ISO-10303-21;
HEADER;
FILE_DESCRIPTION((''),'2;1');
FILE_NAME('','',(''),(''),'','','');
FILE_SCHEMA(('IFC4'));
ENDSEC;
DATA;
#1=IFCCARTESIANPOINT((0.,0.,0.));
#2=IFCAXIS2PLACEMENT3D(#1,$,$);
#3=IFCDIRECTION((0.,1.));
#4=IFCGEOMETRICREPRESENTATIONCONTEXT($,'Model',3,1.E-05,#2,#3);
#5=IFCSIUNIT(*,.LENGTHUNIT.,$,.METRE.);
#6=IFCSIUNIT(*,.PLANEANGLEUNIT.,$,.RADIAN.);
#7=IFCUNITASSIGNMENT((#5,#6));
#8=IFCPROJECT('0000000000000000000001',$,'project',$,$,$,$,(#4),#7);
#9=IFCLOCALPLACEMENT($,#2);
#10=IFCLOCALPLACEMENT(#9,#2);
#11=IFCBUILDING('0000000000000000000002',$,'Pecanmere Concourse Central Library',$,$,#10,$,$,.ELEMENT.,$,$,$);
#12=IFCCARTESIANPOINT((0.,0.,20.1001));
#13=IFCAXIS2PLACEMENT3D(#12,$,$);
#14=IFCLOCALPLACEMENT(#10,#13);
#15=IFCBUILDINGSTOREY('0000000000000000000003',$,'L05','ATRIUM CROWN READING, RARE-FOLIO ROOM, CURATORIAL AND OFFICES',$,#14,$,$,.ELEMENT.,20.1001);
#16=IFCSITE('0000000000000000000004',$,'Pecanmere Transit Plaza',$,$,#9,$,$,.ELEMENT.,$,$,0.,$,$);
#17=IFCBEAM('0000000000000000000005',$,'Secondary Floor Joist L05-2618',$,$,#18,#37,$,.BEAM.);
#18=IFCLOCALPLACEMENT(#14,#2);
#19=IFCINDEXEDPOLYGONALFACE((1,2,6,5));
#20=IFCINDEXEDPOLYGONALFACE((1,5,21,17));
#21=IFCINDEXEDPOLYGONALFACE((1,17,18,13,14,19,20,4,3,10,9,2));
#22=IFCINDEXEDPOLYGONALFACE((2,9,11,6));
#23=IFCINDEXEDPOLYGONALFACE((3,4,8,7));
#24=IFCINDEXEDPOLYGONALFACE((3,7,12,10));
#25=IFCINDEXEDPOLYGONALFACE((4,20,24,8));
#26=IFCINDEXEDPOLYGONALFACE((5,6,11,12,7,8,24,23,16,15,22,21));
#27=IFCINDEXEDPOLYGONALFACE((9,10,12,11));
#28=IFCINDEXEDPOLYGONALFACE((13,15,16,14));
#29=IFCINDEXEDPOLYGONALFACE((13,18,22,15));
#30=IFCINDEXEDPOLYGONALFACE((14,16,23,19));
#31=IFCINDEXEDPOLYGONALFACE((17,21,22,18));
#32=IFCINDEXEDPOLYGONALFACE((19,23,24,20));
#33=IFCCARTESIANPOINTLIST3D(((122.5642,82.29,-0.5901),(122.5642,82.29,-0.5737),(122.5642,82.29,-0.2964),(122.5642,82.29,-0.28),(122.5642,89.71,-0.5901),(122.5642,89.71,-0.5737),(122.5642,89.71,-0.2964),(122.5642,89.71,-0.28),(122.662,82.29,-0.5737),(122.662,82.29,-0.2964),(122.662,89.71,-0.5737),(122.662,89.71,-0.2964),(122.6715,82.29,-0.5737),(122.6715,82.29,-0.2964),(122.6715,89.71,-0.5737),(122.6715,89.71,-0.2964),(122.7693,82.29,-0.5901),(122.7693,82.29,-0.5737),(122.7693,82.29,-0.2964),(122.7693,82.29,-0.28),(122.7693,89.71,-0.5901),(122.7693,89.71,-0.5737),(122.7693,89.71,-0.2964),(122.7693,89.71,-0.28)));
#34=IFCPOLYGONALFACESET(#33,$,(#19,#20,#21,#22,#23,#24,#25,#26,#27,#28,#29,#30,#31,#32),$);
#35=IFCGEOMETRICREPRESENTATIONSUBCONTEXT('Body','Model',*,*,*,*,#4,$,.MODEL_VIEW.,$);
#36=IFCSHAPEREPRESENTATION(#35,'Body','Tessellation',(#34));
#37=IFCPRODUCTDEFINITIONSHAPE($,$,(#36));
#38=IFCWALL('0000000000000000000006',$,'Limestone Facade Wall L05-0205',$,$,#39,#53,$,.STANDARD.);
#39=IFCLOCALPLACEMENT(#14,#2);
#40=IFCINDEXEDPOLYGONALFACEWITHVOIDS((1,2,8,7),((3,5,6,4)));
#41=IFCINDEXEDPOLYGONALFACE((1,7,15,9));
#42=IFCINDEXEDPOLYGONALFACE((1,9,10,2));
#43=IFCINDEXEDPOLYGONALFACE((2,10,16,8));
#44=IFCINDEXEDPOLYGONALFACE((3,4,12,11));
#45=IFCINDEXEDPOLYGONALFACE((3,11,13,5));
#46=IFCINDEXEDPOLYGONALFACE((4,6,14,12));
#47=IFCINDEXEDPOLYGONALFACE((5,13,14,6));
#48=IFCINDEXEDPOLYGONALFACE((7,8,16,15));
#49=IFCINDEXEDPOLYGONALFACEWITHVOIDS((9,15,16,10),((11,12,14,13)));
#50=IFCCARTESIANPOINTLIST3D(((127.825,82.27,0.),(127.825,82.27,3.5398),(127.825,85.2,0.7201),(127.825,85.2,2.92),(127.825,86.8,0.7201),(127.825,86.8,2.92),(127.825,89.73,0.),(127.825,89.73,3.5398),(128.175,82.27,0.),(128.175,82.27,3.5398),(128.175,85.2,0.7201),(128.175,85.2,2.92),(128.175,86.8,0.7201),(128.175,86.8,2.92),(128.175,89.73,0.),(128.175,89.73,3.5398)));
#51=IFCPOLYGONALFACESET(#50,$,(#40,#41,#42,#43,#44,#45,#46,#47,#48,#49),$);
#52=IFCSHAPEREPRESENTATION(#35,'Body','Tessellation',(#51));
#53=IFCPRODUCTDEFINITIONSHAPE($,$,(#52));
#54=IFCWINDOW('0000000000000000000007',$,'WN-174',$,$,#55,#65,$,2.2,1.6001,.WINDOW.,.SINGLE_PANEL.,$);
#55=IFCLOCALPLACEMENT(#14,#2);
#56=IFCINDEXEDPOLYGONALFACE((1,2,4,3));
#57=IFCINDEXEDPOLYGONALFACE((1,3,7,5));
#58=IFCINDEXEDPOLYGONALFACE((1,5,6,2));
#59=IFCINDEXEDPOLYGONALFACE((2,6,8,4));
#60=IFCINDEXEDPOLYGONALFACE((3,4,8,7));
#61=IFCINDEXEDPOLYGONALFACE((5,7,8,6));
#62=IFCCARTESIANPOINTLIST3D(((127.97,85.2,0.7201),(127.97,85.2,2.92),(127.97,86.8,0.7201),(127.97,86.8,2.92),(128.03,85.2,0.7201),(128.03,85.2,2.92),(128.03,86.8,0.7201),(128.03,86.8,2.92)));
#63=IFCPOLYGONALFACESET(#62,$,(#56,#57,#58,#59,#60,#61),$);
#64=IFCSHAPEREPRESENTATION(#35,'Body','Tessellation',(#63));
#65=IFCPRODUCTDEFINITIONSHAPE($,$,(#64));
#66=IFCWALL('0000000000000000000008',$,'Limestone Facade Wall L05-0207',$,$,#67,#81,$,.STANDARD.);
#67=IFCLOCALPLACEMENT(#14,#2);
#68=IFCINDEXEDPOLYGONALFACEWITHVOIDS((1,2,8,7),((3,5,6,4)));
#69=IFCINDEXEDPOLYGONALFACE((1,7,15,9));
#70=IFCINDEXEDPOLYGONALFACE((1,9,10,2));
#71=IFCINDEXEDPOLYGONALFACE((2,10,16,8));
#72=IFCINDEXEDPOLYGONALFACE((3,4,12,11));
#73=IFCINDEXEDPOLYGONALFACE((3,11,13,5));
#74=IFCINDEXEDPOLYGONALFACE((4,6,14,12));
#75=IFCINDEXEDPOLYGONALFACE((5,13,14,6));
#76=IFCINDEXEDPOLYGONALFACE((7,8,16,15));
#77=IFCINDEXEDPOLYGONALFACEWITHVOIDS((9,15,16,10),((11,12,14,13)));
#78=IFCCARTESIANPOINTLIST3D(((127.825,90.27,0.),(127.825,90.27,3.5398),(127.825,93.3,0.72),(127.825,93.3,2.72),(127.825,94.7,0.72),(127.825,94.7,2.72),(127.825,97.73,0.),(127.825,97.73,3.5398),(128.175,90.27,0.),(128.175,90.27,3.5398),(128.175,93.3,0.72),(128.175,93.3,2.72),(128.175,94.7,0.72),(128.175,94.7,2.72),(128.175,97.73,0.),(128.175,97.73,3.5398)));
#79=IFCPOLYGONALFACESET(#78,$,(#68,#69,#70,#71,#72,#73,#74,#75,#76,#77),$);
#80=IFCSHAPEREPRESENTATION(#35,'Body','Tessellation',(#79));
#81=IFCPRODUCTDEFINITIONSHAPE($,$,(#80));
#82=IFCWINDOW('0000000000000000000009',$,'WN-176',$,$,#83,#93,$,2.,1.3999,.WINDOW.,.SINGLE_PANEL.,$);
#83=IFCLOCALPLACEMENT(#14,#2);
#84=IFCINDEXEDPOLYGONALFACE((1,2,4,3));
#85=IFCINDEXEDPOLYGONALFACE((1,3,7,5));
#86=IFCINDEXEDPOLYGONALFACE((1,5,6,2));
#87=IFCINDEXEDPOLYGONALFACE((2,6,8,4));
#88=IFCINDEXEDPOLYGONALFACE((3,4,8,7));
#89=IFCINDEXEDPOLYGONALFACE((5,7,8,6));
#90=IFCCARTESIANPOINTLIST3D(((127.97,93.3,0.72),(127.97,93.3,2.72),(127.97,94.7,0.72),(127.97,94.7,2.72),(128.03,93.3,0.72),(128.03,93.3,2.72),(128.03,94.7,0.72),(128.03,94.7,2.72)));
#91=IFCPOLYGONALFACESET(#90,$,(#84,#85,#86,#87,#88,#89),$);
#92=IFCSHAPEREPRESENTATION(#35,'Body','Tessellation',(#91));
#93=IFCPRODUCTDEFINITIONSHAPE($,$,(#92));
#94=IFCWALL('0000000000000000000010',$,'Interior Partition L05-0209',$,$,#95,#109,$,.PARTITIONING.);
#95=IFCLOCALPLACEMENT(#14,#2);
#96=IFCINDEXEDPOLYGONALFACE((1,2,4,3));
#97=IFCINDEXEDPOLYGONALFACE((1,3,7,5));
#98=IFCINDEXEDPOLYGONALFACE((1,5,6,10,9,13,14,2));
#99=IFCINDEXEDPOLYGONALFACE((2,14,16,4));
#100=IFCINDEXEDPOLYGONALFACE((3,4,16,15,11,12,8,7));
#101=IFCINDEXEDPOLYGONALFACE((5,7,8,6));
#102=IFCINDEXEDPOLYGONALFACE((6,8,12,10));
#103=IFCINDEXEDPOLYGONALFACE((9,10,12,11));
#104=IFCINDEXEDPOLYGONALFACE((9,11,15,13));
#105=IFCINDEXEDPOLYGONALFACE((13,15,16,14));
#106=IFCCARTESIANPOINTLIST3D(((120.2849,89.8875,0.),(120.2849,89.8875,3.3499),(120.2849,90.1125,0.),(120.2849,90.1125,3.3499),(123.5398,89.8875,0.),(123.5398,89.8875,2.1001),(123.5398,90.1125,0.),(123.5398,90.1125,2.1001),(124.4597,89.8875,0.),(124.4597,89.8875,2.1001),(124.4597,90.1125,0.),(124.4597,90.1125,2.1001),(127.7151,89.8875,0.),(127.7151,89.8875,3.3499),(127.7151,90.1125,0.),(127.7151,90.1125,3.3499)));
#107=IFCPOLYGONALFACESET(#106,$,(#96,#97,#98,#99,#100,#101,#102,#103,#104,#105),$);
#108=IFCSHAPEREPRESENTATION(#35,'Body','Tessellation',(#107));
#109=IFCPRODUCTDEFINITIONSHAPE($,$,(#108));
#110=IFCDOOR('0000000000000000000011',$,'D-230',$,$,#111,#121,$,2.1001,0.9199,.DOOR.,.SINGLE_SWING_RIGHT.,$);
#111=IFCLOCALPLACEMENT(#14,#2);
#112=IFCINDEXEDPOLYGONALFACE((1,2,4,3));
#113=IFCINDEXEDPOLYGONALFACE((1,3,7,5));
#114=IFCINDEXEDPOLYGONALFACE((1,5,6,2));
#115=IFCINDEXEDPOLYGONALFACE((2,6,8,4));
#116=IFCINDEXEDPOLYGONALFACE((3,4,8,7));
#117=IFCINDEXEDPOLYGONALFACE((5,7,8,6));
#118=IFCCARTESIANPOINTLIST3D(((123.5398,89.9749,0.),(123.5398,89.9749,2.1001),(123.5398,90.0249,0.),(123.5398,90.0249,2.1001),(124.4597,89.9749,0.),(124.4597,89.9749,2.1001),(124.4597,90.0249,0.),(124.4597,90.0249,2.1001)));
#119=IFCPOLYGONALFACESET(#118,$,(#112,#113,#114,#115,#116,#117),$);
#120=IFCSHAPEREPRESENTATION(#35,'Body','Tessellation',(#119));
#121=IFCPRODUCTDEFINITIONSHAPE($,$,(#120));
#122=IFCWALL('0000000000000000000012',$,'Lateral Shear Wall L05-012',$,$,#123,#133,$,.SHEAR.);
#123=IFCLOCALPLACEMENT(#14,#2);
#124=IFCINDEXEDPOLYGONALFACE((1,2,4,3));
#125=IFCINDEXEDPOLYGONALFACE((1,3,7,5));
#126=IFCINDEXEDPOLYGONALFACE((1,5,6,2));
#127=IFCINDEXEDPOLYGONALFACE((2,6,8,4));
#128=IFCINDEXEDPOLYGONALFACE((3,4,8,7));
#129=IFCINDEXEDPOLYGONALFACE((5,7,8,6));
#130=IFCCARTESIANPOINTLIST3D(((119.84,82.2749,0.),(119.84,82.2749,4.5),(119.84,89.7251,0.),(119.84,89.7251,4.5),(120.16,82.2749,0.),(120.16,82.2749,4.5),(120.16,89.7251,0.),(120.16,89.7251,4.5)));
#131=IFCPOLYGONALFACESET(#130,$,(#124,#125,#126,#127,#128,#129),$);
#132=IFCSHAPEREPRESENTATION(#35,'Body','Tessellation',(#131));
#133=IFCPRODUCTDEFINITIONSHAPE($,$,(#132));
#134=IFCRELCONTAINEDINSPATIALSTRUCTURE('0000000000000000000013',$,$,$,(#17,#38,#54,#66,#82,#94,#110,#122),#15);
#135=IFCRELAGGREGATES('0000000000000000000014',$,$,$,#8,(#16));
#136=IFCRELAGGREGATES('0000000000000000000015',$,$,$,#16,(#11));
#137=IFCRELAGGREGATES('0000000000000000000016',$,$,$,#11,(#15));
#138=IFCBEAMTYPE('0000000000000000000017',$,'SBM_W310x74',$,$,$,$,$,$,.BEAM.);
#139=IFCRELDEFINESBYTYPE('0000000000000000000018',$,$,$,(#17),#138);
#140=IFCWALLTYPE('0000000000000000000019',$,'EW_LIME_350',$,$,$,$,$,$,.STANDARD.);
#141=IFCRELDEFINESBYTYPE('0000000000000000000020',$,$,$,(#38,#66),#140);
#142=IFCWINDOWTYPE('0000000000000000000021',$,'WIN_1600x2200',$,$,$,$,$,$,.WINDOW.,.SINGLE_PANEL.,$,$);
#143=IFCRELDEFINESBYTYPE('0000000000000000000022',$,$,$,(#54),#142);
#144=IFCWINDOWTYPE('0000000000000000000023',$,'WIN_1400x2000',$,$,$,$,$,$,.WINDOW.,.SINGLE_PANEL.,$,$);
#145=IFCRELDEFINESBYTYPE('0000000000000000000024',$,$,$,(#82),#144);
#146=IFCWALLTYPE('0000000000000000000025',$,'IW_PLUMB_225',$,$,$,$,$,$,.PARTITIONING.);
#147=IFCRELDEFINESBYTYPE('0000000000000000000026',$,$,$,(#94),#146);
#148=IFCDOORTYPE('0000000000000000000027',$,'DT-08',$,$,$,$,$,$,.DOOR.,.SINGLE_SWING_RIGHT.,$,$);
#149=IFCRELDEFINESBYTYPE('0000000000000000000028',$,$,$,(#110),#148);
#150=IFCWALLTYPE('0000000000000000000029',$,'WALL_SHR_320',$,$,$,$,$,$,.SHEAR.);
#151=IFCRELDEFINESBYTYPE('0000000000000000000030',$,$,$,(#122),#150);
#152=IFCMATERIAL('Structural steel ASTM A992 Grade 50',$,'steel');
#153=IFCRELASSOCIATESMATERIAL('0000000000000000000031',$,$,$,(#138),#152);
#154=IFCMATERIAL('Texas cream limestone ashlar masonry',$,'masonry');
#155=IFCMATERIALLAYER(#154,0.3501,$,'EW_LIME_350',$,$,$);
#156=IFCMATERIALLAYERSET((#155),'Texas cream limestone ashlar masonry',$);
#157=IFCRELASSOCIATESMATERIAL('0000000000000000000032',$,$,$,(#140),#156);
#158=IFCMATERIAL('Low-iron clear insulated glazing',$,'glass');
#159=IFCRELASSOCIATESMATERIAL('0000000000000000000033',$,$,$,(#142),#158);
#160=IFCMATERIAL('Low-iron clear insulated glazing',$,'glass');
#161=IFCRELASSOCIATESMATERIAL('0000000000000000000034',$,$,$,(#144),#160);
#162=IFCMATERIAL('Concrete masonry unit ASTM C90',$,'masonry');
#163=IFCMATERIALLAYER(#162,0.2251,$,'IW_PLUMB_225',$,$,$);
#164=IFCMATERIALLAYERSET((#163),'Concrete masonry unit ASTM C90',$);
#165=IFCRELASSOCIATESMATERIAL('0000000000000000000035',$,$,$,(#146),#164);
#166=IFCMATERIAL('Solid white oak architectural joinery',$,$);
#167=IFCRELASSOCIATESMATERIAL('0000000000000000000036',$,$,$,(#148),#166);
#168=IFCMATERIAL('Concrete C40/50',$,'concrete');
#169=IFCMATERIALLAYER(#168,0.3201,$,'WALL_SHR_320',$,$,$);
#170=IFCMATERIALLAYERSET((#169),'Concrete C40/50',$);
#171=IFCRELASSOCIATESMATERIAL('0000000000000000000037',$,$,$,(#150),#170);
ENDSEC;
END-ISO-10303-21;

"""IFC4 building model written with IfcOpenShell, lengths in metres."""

from ifc_helpers import new_model, si_unit, direction, frame, frame_2d, origin, origin_2d, place, context, subcontext, project, spatial, rectangle, i_section, extrude, material, layer, layer_set, material_profile, profile_set, type_object, element, fill, save


model = new_model("IFC4")

# Units and contexts
model_context = context("Model", 3, precision=1e-05, world=origin(), true_north=direction((0.0, 1.0)))
body_context = subcontext(model_context, "Body", "Model", "MODEL_VIEW")
ifc_project = project(units=[si_unit("LENGTHUNIT", "METRE"), si_unit("PLANEANGLEUNIT", "RADIAN")], contexts=[model_context])

# Site, building, storey
site_placement = place(None, origin())
site = spatial("IfcSite", under=ifc_project, at=site_placement, Name="Pecanmere Transit Plaza", CompositionType="ELEMENT", RefElevation=0.0)
building_placement = place(site_placement, origin())
building = spatial("IfcBuilding", under=site, at=building_placement, Name="Pecanmere Concourse Central Library", CompositionType="ELEMENT")
storey_placement = place(building_placement, frame((0.0, 0.0, 20.1001)))
storey = spatial("IfcBuildingStorey", under=building, at=storey_placement, Name="L05", Description="ATRIUM CROWN READING, RARE-FOLIO ROOM, CURATORIAL AND OFFICES", CompositionType="ELEMENT", Elevation=20.1001)

# Beam
ifc_material_1 = material(Name="Structural steel ASTM A992 Grade 50", Category="steel")
ifc_material_profile_1 = material_profile(ifc_material_1, i_section(OverallWidth=0.2051, OverallDepth=0.3101, WebThickness=0.0095, FlangeThickness=0.0164, at=origin_2d()), Name="W310x74")
ifc_profile_set_1 = profile_set([ifc_material_profile_1], Name="Structural steel ASTM A992 Grade 50")
beam_type_1 = type_object("IfcBeamType", Name="SBM_W310x74", PredefinedType="BEAM", material=ifc_profile_set_1)
beam_1_placement = place(storey_placement, frame((122.6667, 82.29, -0.4351), z_axis=(0.0, 1.0, 0.0), x_axis=(-1.0, 0.0, 0.0)))
element("IfcBeam", 1, at=beam_1_placement, inside=storey, type_object=beam_type_1, Name="Secondary Floor Joist L05-2618", PredefinedType="BEAM", context=body_context, shape_type="SweptSolid", body=[
    extrude(i_section(OverallWidth=0.2051, OverallDepth=0.3101, WebThickness=0.0095, FlangeThickness=0.0164, at=origin_2d()), origin(), (0.0, 0.0, 1.0), 7.4199),
])

# Walls, openings, windows
ifc_material_2 = material(Name="Texas cream limestone ashlar masonry", Category="masonry")
ifc_layer_1 = layer(ifc_material_2, 0.3501, Name="EW_LIME_350")
ifc_layer_set_1 = layer_set([ifc_layer_1], Name="Texas cream limestone ashlar masonry")
wall_type_1 = type_object("IfcWallType", Name="EW_LIME_350", PredefinedType="STANDARD", material=ifc_layer_set_1)
wall_1_placement = place(storey_placement, frame((128.0, 82.27, 0.0), z_axis=(0.0, 0.0, 1.0), x_axis=(0.0, 1.0, 0.0)))
wall_1 = element("IfcWall", 2, at=wall_1_placement, inside=storey, type_object=wall_type_1, Name="Limestone Facade Wall L05-0205", PredefinedType="STANDARD", context=body_context, shape_type="SweptSolid", body=[
    extrude(rectangle(XDim=7.46, YDim=0.3501, at=frame_2d((3.73, 0.0))), origin(), (0.0, 0.0, 1.0), 3.5398),
])
opening_1_placement = place(wall_1_placement, frame((2.9299, 0.0, 0.72)))
opening_1 = element("IfcOpeningElement", 3, at=opening_1_placement, cuts=wall_1, PredefinedType="OPENING", context=body_context, shape_type="SweptSolid", body=[
    extrude(rectangle(XDim=1.6001, YDim=2.2, at=frame_2d((0.8, 1.1001))), frame((0.0, 0.187, 0.0), z_axis=(0.0, -1.0, 0.0), x_axis=(1.0, 0.0, 0.0)), (0.0, 0.0, 1.0), 0.374),
])
ifc_material_3 = material(Name="Low-iron clear insulated glazing", Category="glass")
window_type_1 = type_object("IfcWindowType", Name="WIN_1600x2200", PartitioningType="SINGLE_PANEL", PredefinedType="WINDOW", material=ifc_material_3)
window_1_placement = place(opening_1_placement, origin())
window_1 = element("IfcWindow", 4, at=window_1_placement, inside=storey, type_object=window_type_1, Name="WN-174", OverallHeight=2.2, OverallWidth=1.6001, PartitioningType="SINGLE_PANEL", PredefinedType="WINDOW", context=body_context, shape_type="SweptSolid", body=[
    extrude(rectangle(XDim=1.6001, YDim=2.2, at=frame_2d((0.8, 1.1001))), frame((0.0, 0.03, 0.0), z_axis=(0.0, -1.0, 0.0), x_axis=(1.0, 0.0, 0.0)), (0.0, 0.0, 1.0), 0.0601),
])
fill(opening_1, window_1)
wall_2_placement = place(storey_placement, frame((128.0, 90.27, 0.0), z_axis=(0.0, 0.0, 1.0), x_axis=(0.0, 1.0, 0.0)))
wall_2 = element("IfcWall", 5, at=wall_2_placement, inside=storey, type_object=wall_type_1, Name="Limestone Facade Wall L05-0207", PredefinedType="STANDARD", context=body_context, shape_type="SweptSolid", body=[
    extrude(rectangle(XDim=7.46, YDim=0.3501, at=frame_2d((3.73, 0.0))), origin(), (0.0, 0.0, 1.0), 3.5398),
])
opening_2_placement = place(wall_2_placement, frame((3.03, 0.0, 0.72)))
opening_2 = element("IfcOpeningElement", 6, at=opening_2_placement, cuts=wall_2, PredefinedType="OPENING", context=body_context, shape_type="SweptSolid", body=[
    extrude(rectangle(XDim=1.3999, YDim=2.0, at=frame_2d((0.7, 1.0))), frame((0.0, 0.187, 0.0), z_axis=(0.0, -1.0, 0.0), x_axis=(1.0, 0.0, 0.0)), (0.0, 0.0, 1.0), 0.374),
])
ifc_material_4 = material(Name="Low-iron clear insulated glazing", Category="glass")
window_type_2 = type_object("IfcWindowType", Name="WIN_1400x2000", PartitioningType="SINGLE_PANEL", PredefinedType="WINDOW", material=ifc_material_4)
window_2_placement = place(opening_2_placement, origin())
window_2 = element("IfcWindow", 7, at=window_2_placement, inside=storey, type_object=window_type_2, Name="WN-176", OverallHeight=2.0, OverallWidth=1.3999, PartitioningType="SINGLE_PANEL", PredefinedType="WINDOW", context=body_context, shape_type="SweptSolid", body=[
    extrude(rectangle(XDim=1.3999, YDim=2.0, at=frame_2d((0.7, 1.0))), frame((0.0, 0.03, 0.0), z_axis=(0.0, -1.0, 0.0), x_axis=(1.0, 0.0, 0.0)), (0.0, 0.0, 1.0), 0.0601),
])
fill(opening_2, window_2)

# Wall, opening, door
ifc_material_5 = material(Name="Concrete masonry unit ASTM C90", Category="masonry")
ifc_layer_2 = layer(ifc_material_5, 0.2251, Name="IW_PLUMB_225")
ifc_layer_set_2 = layer_set([ifc_layer_2], Name="Concrete masonry unit ASTM C90")
wall_type_2 = type_object("IfcWallType", Name="IW_PLUMB_225", PredefinedType="PARTITIONING", material=ifc_layer_set_2)
wall_3_placement = place(storey_placement, frame((120.2849, 90.0, 0.0), z_axis=(0.0, 0.0, 1.0), x_axis=(1.0, 0.0, 0.0)))
wall_3 = element("IfcWall", 8, at=wall_3_placement, inside=storey, type_object=wall_type_2, Name="Interior Partition L05-0209", PredefinedType="PARTITIONING", context=body_context, shape_type="SweptSolid", body=[
    extrude(rectangle(XDim=7.4302, YDim=0.2251, at=frame_2d((3.7151, 0.0))), origin(), (0.0, 0.0, 1.0), 3.3499),
])
opening_3_placement = place(wall_3_placement, frame((3.2549, 0.0, 0.0)))
opening_3 = element("IfcOpeningElement", 9, at=opening_3_placement, cuts=wall_3, PredefinedType="OPENING", context=body_context, shape_type="SweptSolid", body=[
    extrude(rectangle(XDim=0.9199, YDim=2.1001, at=frame_2d((0.46, 1.05))), frame((0.0, 0.1245, 0.0), z_axis=(0.0, -1.0, 0.0), x_axis=(1.0, 0.0, 0.0)), (0.0, 0.0, 1.0), 0.249),
])
ifc_material_6 = material(Name="Solid white oak architectural joinery")
door_type = type_object("IfcDoorType", Name="DT-08", OperationType="SINGLE_SWING_RIGHT", PredefinedType="DOOR", material=ifc_material_6)
door_placement = place(opening_3_placement, origin())
door = element("IfcDoor", 10, at=door_placement, inside=storey, type_object=door_type, Name="D-230", OperationType="SINGLE_SWING_RIGHT", OverallHeight=2.1001, OverallWidth=0.9199, PredefinedType="DOOR", context=body_context, shape_type="SweptSolid", body=[
    extrude(rectangle(XDim=0.9199, YDim=2.1001, at=frame_2d((0.46, 1.05))), frame((0.0, 0.0249, 0.0), z_axis=(0.0, -1.0, 0.0), x_axis=(1.0, 0.0, 0.0)), (0.0, 0.0, 1.0), 0.05),
])
fill(opening_3, door)

# Wall
ifc_material_7 = material(Name="Concrete C40/50", Category="concrete")
ifc_layer_3 = layer(ifc_material_7, 0.3201, Name="WALL_SHR_320")
ifc_layer_set_3 = layer_set([ifc_layer_3], Name="Concrete C40/50")
wall_type_3 = type_object("IfcWallType", Name="WALL_SHR_320", PredefinedType="SHEAR", material=ifc_layer_set_3)
wall_4_placement = place(storey_placement, frame((120.0, 82.2749, 0.0), z_axis=(0.0, 0.0, 1.0), x_axis=(0.0, 1.0, 0.0)))
element("IfcWall", 11, at=wall_4_placement, inside=storey, type_object=wall_type_3, Name="Lateral Shear Wall L05-012", PredefinedType="SHEAR", context=body_context, shape_type="SweptSolid", body=[
    extrude(rectangle(XDim=7.4502, YDim=0.3201, at=frame_2d((3.7251, 0.0))), origin(), (0.0, 0.0, 1.0), 4.5),
])

save(model, "model.ifc")
